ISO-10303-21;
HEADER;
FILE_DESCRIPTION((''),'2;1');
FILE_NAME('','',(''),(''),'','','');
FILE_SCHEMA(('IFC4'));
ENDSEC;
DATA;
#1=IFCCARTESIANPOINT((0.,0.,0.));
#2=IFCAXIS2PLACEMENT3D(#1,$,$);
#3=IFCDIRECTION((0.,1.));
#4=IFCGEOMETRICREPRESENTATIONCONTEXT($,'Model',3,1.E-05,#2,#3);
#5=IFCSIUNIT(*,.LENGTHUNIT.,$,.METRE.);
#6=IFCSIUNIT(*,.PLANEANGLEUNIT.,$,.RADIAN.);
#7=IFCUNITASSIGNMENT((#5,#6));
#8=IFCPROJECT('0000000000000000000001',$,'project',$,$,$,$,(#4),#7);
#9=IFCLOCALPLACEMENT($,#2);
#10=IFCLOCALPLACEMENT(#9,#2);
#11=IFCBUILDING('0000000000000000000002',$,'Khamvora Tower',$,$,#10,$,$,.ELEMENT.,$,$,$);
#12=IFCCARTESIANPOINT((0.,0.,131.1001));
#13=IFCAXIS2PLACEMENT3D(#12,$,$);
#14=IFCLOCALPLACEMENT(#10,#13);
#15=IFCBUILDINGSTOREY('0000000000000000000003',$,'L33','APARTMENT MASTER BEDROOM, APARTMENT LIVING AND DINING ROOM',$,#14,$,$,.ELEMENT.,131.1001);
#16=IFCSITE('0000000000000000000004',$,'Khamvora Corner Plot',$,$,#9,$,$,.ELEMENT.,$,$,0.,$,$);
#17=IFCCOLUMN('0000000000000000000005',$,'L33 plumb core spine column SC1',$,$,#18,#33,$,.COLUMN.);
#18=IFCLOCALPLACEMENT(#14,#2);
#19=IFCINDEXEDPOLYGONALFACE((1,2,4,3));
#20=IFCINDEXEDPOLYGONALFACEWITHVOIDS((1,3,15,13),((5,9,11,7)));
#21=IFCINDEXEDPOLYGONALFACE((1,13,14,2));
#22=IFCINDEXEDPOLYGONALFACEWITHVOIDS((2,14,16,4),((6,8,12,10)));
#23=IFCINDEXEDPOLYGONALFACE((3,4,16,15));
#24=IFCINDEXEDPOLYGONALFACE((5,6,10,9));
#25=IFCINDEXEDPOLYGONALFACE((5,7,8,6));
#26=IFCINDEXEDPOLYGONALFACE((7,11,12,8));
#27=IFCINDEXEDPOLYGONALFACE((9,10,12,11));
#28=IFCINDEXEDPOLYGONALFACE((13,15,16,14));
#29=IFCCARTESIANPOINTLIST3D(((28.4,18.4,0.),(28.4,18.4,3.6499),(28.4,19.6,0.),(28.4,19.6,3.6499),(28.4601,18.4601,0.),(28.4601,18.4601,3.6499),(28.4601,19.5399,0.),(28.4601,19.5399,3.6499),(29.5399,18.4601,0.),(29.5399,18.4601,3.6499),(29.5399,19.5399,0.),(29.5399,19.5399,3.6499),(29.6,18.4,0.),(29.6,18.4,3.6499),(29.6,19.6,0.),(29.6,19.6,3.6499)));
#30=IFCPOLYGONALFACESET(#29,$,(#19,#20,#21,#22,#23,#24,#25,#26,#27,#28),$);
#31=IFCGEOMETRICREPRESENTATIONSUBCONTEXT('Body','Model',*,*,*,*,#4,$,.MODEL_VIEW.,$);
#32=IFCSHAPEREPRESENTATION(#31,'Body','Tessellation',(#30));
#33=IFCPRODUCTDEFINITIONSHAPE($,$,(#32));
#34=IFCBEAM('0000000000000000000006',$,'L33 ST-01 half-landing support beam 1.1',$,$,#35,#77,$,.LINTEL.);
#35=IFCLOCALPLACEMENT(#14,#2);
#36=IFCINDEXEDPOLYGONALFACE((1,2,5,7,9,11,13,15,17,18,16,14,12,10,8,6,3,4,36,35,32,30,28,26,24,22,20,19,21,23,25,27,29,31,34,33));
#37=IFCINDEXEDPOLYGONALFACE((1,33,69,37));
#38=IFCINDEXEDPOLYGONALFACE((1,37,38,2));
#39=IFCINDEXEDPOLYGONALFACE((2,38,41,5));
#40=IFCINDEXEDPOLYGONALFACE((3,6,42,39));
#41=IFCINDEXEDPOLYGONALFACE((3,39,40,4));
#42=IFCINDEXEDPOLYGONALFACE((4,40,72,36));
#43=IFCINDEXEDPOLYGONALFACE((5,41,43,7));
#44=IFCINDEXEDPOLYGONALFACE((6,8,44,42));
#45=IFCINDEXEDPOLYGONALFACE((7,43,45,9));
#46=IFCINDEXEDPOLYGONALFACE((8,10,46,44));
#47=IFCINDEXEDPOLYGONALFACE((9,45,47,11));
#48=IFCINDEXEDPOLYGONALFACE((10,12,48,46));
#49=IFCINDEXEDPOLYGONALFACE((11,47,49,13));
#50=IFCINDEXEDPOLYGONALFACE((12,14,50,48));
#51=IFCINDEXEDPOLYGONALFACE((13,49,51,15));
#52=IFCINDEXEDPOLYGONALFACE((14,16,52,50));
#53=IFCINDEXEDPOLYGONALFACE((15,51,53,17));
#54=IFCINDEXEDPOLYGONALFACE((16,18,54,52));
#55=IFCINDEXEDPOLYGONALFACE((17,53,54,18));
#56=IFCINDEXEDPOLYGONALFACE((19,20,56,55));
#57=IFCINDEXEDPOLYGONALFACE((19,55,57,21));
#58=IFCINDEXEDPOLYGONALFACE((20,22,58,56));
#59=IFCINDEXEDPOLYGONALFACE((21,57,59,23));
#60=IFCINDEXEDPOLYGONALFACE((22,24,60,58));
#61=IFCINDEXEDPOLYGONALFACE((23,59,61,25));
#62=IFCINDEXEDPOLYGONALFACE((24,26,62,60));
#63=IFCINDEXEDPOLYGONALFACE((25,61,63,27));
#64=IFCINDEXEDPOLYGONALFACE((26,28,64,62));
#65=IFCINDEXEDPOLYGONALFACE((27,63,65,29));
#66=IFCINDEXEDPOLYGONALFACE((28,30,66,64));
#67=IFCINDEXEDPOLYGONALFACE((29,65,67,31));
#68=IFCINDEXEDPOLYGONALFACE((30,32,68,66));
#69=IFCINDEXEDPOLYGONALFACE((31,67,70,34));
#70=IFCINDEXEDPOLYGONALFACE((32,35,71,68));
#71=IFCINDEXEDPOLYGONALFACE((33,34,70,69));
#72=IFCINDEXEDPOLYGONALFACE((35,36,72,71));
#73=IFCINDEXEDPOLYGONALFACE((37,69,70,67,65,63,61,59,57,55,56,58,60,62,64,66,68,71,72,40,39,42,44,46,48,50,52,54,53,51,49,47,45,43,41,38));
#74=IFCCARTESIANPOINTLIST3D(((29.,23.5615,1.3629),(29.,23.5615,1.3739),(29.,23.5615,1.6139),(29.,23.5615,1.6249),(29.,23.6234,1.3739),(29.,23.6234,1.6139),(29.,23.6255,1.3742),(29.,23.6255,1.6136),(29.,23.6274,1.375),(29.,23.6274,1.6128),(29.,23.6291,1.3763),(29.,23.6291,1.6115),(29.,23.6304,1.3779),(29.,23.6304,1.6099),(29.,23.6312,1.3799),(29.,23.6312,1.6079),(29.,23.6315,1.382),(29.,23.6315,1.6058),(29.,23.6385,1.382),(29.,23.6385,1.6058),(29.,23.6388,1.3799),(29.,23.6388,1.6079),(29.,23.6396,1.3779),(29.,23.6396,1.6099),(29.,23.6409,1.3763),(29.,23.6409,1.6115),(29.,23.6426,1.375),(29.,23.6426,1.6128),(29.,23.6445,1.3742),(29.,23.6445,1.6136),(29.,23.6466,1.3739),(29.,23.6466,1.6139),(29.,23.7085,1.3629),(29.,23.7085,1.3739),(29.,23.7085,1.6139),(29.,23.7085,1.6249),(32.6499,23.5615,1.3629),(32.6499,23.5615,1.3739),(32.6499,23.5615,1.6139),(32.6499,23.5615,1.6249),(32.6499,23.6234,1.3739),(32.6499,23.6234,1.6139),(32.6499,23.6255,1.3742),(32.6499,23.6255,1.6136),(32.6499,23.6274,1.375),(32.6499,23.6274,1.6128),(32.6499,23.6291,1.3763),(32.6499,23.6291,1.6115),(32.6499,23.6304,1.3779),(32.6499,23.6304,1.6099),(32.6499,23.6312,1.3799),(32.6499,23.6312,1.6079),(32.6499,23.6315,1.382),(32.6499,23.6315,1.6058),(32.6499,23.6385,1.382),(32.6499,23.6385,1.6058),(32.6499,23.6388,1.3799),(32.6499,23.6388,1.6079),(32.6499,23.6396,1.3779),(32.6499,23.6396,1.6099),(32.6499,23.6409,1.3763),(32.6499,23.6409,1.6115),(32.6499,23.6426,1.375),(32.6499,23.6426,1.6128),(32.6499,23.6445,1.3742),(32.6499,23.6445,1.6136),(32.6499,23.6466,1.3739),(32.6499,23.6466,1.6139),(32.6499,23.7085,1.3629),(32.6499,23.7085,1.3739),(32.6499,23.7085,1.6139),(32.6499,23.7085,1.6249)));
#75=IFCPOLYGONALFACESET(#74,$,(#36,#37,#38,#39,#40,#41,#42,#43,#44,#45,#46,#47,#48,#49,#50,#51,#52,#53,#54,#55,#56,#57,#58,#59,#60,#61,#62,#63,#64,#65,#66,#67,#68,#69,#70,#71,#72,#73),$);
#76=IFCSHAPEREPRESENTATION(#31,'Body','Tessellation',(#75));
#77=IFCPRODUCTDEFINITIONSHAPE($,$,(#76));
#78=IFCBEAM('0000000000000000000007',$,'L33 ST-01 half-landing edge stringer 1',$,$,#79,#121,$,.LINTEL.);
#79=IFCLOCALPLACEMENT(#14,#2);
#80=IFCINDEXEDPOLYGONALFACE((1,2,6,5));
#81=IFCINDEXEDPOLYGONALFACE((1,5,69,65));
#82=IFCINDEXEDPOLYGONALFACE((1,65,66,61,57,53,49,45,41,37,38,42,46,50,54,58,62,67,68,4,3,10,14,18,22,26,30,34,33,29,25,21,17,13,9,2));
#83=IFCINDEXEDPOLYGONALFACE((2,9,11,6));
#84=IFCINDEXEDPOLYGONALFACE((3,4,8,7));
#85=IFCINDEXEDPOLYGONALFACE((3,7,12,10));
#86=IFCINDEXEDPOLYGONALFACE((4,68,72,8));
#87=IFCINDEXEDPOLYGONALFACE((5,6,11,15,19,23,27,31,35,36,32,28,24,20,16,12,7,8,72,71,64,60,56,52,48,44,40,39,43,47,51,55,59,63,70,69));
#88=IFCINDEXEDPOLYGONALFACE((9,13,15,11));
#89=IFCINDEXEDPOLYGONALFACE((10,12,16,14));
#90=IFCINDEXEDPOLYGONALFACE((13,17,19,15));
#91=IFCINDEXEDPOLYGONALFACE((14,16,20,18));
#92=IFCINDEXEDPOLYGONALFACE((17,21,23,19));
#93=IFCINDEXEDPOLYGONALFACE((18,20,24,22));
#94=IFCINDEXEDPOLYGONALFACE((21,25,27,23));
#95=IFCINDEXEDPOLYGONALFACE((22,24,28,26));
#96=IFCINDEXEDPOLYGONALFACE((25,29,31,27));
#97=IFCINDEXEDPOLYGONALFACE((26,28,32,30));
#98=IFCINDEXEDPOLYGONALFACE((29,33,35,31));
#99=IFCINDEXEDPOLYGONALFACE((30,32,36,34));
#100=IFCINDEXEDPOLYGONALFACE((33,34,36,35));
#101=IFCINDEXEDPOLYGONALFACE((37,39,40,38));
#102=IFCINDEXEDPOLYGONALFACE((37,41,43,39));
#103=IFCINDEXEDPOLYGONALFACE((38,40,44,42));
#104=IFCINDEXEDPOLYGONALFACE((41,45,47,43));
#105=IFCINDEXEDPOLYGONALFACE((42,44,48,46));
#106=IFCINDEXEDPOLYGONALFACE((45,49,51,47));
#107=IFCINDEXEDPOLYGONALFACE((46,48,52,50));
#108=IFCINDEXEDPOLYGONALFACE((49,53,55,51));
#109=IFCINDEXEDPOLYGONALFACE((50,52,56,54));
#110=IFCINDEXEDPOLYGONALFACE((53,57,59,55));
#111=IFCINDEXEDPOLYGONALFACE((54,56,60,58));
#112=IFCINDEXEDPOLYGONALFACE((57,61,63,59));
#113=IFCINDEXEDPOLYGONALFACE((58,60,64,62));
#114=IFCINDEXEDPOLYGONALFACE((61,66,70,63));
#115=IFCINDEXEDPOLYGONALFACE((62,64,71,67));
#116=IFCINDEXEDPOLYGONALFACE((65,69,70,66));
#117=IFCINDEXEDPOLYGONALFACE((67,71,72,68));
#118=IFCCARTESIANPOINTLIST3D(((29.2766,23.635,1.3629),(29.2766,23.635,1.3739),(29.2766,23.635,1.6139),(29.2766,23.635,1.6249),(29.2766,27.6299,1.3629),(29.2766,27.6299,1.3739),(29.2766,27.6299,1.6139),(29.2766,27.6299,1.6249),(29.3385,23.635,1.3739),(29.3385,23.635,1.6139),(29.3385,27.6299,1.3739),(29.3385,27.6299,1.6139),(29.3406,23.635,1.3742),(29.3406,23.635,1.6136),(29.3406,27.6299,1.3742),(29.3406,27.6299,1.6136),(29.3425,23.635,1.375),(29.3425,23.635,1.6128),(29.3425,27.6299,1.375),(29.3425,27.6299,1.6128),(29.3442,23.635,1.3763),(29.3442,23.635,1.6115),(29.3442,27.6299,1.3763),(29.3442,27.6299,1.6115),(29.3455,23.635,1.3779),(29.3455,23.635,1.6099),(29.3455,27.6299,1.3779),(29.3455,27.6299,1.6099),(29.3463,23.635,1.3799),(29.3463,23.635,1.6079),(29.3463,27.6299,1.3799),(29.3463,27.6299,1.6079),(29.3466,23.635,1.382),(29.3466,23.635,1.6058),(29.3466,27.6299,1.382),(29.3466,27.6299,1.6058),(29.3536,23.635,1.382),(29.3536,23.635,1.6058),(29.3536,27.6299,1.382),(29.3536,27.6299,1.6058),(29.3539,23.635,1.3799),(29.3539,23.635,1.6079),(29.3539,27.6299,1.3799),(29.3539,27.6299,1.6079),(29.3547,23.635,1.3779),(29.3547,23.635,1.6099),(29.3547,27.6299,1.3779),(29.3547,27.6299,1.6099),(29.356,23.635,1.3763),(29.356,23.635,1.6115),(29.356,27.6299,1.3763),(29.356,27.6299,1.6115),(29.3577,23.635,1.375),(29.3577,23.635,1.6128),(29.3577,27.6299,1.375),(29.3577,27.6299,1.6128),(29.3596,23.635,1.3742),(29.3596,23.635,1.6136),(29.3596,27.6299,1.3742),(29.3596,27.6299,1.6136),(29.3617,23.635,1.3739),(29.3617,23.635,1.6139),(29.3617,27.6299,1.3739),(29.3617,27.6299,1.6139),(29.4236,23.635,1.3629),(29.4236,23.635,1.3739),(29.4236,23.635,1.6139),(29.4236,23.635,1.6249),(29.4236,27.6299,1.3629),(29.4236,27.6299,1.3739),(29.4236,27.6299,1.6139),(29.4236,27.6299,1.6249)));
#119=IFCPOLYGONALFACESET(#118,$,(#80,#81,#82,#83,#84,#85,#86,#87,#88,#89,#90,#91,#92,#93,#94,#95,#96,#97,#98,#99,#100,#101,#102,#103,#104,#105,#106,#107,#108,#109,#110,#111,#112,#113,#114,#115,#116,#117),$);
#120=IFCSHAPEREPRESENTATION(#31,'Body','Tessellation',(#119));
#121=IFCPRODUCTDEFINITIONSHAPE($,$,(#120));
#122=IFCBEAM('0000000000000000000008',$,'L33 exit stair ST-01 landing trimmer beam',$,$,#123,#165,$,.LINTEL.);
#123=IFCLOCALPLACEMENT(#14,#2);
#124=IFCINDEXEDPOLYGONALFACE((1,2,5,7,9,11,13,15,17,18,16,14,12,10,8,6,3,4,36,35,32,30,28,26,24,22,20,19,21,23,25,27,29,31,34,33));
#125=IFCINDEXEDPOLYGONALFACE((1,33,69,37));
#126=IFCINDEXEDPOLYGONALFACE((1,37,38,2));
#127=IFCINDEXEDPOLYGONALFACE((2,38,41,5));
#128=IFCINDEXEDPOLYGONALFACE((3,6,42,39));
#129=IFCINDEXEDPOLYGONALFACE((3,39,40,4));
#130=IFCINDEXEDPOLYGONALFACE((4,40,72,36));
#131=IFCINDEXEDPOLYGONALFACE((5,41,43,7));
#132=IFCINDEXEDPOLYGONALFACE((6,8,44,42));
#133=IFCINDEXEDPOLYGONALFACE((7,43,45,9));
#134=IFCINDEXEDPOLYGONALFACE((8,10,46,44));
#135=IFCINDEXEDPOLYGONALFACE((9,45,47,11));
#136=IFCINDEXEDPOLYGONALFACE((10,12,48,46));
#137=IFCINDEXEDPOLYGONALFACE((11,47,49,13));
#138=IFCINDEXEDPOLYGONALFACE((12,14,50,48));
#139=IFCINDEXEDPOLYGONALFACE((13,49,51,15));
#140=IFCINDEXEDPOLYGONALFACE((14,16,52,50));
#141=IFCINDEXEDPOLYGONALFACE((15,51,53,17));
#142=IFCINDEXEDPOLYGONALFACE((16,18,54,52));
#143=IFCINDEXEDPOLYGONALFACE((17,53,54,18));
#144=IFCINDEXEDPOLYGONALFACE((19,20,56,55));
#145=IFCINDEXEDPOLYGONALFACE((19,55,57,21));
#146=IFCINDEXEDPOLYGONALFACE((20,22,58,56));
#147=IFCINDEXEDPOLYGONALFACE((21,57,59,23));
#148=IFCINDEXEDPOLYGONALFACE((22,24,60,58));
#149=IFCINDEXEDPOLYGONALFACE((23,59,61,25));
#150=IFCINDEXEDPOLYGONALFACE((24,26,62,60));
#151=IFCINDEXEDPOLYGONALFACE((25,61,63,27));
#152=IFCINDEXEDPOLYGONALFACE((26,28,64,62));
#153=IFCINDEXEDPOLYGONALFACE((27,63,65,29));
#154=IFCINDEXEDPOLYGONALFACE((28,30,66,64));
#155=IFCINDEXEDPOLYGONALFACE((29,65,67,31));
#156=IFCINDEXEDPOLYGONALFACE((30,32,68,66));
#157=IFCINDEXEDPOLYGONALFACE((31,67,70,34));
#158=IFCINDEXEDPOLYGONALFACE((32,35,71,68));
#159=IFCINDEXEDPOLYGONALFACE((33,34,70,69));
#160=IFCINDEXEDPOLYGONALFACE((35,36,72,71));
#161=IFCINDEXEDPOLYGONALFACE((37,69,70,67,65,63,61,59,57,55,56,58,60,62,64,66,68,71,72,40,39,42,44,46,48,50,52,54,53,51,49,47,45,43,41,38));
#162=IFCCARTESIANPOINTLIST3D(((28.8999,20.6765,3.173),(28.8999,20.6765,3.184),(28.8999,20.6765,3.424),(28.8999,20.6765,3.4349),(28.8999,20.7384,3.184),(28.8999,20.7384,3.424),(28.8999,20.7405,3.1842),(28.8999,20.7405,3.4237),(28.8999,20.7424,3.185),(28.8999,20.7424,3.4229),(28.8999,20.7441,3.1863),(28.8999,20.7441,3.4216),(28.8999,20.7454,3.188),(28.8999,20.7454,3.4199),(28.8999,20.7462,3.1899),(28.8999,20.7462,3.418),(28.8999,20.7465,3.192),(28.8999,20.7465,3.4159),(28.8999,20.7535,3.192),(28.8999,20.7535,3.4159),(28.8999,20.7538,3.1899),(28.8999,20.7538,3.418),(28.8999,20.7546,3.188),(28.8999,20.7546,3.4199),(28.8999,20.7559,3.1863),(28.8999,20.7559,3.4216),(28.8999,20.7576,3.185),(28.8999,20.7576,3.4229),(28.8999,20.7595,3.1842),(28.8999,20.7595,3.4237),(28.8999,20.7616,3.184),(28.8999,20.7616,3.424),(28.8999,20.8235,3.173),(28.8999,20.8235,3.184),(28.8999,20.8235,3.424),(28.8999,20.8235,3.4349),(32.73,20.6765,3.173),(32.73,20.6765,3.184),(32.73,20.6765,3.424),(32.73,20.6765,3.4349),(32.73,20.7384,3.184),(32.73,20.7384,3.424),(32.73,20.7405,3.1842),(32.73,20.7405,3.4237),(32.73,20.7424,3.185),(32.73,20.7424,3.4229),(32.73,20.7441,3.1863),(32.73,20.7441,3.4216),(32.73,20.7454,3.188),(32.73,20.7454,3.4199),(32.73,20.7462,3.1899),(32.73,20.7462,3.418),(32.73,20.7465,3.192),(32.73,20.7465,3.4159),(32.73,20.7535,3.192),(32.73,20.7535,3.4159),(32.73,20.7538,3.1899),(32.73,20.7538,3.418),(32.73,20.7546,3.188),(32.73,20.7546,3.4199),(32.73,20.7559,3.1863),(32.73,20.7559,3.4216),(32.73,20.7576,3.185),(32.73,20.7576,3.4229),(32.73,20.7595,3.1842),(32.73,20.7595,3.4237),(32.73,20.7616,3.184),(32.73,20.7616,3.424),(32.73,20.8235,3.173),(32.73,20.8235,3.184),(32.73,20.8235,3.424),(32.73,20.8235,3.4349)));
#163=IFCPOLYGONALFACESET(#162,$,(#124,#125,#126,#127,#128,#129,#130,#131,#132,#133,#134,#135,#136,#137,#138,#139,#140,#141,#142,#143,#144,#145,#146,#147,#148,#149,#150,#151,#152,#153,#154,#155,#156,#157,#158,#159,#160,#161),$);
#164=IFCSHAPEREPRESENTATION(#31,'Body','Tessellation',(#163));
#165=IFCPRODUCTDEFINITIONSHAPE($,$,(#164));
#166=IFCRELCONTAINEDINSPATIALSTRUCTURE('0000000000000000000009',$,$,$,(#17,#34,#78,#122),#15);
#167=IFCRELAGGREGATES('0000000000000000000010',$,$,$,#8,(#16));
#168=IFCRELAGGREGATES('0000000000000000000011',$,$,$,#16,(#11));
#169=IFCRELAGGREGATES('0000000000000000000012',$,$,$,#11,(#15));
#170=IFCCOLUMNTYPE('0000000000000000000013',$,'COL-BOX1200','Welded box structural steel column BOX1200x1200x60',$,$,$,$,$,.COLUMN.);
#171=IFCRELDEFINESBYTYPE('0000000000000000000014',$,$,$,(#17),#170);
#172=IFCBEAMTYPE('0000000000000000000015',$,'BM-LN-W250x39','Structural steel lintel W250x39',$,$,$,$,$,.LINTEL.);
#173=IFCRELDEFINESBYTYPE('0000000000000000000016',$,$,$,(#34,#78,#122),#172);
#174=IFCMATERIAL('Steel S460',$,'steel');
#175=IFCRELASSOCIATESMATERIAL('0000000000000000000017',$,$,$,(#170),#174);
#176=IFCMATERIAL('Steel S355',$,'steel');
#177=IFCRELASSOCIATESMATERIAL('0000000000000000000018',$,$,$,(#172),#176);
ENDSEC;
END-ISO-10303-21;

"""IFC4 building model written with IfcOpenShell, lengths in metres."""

from ifc_helpers import new_model, si_unit, direction, frame, origin, origin_2d, place, context, subcontext, project, spatial, hollow_rectangle, i_section, extrude, material, material_profile, profile_set, type_object, element, save


model = new_model("IFC4")

# Units and contexts
model_context = context("Model", 3, precision=1e-05, world=origin(), true_north=direction((0.0, 1.0)))
body_context = subcontext(model_context, "Body", "Model", "MODEL_VIEW")
ifc_project = project(units=[si_unit("LENGTHUNIT", "METRE"), si_unit("PLANEANGLEUNIT", "RADIAN")], contexts=[model_context])

# Site, building, storey
site_placement = place(None, origin())
site = spatial("IfcSite", under=ifc_project, at=site_placement, Name="Khamvora Corner Plot", CompositionType="ELEMENT", RefElevation=0.0)
building_placement = place(site_placement, origin())
building = spatial("IfcBuilding", under=site, at=building_placement, Name="Khamvora Tower", CompositionType="ELEMENT")
storey_placement = place(building_placement, frame((0.0, 0.0, 131.1001)))
storey = spatial("IfcBuildingStorey", under=building, at=storey_placement, Name="L33", Description="APARTMENT MASTER BEDROOM, APARTMENT LIVING AND DINING ROOM", CompositionType="ELEMENT", Elevation=131.1001)

# Column
ifc_material_1 = material(Name="Steel S460", Category="steel")
ifc_material_profile_1 = material_profile(ifc_material_1, hollow_rectangle(XDim=1.2, YDim=1.2, WallThickness=0.0601, at=origin_2d()), Name="BOX1200x1200x60")
ifc_profile_set_1 = profile_set([ifc_material_profile_1], Name="Steel S460")
column_type = type_object("IfcColumnType", Name="COL-BOX1200", Description="Welded box structural steel column BOX1200x1200x60", PredefinedType="COLUMN", material=ifc_profile_set_1)
column_placement = place(storey_placement, frame((29.0, 19.0, 0.0), z_axis=(0.0, 0.0, 1.0), x_axis=(1.0, 0.0, 0.0)))
element("IfcColumn", 1, at=column_placement, inside=storey, type_object=column_type, Name="L33 plumb core spine column SC1", PredefinedType="COLUMN", context=body_context, shape_type="SweptSolid", body=[
    extrude(hollow_rectangle(XDim=1.2, YDim=1.2, WallThickness=0.0601, at=origin_2d()), origin(), (0.0, 0.0, 1.0), 3.6499),
])

# Beams
ifc_material_2 = material(Name="Steel S355", Category="steel")
ifc_material_profile_2 = material_profile(ifc_material_2, i_section(OverallWidth=0.147, OverallDepth=0.262, WebThickness=0.0071, FlangeThickness=0.011, FilletRadius=0.0081, at=origin_2d()), Name="W250x39")
ifc_profile_set_2 = profile_set([ifc_material_profile_2], Name="Steel S355")
beam_type_1 = type_object("IfcBeamType", Name="BM-LN-W250x39", Description="Structural steel lintel W250x39", PredefinedType="LINTEL", material=ifc_profile_set_2)
beam_1_placement = place(storey_placement, frame((29.0, 23.635, 1.4939), z_axis=(1.0, 0.0, 0.0), x_axis=(0.0, 1.0, 0.0)))
element("IfcBeam", 2, at=beam_1_placement, inside=storey, type_object=beam_type_1, Name="L33 ST-01 half-landing support beam 1.1", PredefinedType="LINTEL", context=body_context, shape_type="SweptSolid", body=[
    extrude(i_section(OverallWidth=0.147, OverallDepth=0.262, WebThickness=0.0071, FlangeThickness=0.011, FilletRadius=0.0081, at=origin_2d()), origin(), (0.0, 0.0, 1.0), 3.6499),
])
beam_2_placement = place(storey_placement, frame((29.3501, 23.635, 1.4939), z_axis=(0.0, 1.0, 0.0), x_axis=(-1.0, 0.0, 0.0)))
element("IfcBeam", 3, at=beam_2_placement, inside=storey, type_object=beam_type_1, Name="L33 ST-01 half-landing edge stringer 1", PredefinedType="LINTEL", context=body_context, shape_type="SweptSolid", body=[
    extrude(i_section(OverallWidth=0.147, OverallDepth=0.262, WebThickness=0.0071, FlangeThickness=0.011, FilletRadius=0.0081, at=origin_2d()), origin(), (0.0, 0.0, 1.0), 3.9949),
])
beam_3_placement = place(storey_placement, frame((28.8999, 20.75, 3.304), z_axis=(1.0, 0.0, 0.0), x_axis=(0.0, 1.0, 0.0)))
element("IfcBeam", 4, at=beam_3_placement, inside=storey, type_object=beam_type_1, Name="L33 exit stair ST-01 landing trimmer beam", PredefinedType="LINTEL", context=body_context, shape_type="SweptSolid", body=[
    extrude(i_section(OverallWidth=0.147, OverallDepth=0.262, WebThickness=0.0071, FlangeThickness=0.011, FilletRadius=0.0081, at=origin_2d()), origin(), (0.0, 0.0, 1.0), 3.8301),
])

save(model, "model.ifc")
